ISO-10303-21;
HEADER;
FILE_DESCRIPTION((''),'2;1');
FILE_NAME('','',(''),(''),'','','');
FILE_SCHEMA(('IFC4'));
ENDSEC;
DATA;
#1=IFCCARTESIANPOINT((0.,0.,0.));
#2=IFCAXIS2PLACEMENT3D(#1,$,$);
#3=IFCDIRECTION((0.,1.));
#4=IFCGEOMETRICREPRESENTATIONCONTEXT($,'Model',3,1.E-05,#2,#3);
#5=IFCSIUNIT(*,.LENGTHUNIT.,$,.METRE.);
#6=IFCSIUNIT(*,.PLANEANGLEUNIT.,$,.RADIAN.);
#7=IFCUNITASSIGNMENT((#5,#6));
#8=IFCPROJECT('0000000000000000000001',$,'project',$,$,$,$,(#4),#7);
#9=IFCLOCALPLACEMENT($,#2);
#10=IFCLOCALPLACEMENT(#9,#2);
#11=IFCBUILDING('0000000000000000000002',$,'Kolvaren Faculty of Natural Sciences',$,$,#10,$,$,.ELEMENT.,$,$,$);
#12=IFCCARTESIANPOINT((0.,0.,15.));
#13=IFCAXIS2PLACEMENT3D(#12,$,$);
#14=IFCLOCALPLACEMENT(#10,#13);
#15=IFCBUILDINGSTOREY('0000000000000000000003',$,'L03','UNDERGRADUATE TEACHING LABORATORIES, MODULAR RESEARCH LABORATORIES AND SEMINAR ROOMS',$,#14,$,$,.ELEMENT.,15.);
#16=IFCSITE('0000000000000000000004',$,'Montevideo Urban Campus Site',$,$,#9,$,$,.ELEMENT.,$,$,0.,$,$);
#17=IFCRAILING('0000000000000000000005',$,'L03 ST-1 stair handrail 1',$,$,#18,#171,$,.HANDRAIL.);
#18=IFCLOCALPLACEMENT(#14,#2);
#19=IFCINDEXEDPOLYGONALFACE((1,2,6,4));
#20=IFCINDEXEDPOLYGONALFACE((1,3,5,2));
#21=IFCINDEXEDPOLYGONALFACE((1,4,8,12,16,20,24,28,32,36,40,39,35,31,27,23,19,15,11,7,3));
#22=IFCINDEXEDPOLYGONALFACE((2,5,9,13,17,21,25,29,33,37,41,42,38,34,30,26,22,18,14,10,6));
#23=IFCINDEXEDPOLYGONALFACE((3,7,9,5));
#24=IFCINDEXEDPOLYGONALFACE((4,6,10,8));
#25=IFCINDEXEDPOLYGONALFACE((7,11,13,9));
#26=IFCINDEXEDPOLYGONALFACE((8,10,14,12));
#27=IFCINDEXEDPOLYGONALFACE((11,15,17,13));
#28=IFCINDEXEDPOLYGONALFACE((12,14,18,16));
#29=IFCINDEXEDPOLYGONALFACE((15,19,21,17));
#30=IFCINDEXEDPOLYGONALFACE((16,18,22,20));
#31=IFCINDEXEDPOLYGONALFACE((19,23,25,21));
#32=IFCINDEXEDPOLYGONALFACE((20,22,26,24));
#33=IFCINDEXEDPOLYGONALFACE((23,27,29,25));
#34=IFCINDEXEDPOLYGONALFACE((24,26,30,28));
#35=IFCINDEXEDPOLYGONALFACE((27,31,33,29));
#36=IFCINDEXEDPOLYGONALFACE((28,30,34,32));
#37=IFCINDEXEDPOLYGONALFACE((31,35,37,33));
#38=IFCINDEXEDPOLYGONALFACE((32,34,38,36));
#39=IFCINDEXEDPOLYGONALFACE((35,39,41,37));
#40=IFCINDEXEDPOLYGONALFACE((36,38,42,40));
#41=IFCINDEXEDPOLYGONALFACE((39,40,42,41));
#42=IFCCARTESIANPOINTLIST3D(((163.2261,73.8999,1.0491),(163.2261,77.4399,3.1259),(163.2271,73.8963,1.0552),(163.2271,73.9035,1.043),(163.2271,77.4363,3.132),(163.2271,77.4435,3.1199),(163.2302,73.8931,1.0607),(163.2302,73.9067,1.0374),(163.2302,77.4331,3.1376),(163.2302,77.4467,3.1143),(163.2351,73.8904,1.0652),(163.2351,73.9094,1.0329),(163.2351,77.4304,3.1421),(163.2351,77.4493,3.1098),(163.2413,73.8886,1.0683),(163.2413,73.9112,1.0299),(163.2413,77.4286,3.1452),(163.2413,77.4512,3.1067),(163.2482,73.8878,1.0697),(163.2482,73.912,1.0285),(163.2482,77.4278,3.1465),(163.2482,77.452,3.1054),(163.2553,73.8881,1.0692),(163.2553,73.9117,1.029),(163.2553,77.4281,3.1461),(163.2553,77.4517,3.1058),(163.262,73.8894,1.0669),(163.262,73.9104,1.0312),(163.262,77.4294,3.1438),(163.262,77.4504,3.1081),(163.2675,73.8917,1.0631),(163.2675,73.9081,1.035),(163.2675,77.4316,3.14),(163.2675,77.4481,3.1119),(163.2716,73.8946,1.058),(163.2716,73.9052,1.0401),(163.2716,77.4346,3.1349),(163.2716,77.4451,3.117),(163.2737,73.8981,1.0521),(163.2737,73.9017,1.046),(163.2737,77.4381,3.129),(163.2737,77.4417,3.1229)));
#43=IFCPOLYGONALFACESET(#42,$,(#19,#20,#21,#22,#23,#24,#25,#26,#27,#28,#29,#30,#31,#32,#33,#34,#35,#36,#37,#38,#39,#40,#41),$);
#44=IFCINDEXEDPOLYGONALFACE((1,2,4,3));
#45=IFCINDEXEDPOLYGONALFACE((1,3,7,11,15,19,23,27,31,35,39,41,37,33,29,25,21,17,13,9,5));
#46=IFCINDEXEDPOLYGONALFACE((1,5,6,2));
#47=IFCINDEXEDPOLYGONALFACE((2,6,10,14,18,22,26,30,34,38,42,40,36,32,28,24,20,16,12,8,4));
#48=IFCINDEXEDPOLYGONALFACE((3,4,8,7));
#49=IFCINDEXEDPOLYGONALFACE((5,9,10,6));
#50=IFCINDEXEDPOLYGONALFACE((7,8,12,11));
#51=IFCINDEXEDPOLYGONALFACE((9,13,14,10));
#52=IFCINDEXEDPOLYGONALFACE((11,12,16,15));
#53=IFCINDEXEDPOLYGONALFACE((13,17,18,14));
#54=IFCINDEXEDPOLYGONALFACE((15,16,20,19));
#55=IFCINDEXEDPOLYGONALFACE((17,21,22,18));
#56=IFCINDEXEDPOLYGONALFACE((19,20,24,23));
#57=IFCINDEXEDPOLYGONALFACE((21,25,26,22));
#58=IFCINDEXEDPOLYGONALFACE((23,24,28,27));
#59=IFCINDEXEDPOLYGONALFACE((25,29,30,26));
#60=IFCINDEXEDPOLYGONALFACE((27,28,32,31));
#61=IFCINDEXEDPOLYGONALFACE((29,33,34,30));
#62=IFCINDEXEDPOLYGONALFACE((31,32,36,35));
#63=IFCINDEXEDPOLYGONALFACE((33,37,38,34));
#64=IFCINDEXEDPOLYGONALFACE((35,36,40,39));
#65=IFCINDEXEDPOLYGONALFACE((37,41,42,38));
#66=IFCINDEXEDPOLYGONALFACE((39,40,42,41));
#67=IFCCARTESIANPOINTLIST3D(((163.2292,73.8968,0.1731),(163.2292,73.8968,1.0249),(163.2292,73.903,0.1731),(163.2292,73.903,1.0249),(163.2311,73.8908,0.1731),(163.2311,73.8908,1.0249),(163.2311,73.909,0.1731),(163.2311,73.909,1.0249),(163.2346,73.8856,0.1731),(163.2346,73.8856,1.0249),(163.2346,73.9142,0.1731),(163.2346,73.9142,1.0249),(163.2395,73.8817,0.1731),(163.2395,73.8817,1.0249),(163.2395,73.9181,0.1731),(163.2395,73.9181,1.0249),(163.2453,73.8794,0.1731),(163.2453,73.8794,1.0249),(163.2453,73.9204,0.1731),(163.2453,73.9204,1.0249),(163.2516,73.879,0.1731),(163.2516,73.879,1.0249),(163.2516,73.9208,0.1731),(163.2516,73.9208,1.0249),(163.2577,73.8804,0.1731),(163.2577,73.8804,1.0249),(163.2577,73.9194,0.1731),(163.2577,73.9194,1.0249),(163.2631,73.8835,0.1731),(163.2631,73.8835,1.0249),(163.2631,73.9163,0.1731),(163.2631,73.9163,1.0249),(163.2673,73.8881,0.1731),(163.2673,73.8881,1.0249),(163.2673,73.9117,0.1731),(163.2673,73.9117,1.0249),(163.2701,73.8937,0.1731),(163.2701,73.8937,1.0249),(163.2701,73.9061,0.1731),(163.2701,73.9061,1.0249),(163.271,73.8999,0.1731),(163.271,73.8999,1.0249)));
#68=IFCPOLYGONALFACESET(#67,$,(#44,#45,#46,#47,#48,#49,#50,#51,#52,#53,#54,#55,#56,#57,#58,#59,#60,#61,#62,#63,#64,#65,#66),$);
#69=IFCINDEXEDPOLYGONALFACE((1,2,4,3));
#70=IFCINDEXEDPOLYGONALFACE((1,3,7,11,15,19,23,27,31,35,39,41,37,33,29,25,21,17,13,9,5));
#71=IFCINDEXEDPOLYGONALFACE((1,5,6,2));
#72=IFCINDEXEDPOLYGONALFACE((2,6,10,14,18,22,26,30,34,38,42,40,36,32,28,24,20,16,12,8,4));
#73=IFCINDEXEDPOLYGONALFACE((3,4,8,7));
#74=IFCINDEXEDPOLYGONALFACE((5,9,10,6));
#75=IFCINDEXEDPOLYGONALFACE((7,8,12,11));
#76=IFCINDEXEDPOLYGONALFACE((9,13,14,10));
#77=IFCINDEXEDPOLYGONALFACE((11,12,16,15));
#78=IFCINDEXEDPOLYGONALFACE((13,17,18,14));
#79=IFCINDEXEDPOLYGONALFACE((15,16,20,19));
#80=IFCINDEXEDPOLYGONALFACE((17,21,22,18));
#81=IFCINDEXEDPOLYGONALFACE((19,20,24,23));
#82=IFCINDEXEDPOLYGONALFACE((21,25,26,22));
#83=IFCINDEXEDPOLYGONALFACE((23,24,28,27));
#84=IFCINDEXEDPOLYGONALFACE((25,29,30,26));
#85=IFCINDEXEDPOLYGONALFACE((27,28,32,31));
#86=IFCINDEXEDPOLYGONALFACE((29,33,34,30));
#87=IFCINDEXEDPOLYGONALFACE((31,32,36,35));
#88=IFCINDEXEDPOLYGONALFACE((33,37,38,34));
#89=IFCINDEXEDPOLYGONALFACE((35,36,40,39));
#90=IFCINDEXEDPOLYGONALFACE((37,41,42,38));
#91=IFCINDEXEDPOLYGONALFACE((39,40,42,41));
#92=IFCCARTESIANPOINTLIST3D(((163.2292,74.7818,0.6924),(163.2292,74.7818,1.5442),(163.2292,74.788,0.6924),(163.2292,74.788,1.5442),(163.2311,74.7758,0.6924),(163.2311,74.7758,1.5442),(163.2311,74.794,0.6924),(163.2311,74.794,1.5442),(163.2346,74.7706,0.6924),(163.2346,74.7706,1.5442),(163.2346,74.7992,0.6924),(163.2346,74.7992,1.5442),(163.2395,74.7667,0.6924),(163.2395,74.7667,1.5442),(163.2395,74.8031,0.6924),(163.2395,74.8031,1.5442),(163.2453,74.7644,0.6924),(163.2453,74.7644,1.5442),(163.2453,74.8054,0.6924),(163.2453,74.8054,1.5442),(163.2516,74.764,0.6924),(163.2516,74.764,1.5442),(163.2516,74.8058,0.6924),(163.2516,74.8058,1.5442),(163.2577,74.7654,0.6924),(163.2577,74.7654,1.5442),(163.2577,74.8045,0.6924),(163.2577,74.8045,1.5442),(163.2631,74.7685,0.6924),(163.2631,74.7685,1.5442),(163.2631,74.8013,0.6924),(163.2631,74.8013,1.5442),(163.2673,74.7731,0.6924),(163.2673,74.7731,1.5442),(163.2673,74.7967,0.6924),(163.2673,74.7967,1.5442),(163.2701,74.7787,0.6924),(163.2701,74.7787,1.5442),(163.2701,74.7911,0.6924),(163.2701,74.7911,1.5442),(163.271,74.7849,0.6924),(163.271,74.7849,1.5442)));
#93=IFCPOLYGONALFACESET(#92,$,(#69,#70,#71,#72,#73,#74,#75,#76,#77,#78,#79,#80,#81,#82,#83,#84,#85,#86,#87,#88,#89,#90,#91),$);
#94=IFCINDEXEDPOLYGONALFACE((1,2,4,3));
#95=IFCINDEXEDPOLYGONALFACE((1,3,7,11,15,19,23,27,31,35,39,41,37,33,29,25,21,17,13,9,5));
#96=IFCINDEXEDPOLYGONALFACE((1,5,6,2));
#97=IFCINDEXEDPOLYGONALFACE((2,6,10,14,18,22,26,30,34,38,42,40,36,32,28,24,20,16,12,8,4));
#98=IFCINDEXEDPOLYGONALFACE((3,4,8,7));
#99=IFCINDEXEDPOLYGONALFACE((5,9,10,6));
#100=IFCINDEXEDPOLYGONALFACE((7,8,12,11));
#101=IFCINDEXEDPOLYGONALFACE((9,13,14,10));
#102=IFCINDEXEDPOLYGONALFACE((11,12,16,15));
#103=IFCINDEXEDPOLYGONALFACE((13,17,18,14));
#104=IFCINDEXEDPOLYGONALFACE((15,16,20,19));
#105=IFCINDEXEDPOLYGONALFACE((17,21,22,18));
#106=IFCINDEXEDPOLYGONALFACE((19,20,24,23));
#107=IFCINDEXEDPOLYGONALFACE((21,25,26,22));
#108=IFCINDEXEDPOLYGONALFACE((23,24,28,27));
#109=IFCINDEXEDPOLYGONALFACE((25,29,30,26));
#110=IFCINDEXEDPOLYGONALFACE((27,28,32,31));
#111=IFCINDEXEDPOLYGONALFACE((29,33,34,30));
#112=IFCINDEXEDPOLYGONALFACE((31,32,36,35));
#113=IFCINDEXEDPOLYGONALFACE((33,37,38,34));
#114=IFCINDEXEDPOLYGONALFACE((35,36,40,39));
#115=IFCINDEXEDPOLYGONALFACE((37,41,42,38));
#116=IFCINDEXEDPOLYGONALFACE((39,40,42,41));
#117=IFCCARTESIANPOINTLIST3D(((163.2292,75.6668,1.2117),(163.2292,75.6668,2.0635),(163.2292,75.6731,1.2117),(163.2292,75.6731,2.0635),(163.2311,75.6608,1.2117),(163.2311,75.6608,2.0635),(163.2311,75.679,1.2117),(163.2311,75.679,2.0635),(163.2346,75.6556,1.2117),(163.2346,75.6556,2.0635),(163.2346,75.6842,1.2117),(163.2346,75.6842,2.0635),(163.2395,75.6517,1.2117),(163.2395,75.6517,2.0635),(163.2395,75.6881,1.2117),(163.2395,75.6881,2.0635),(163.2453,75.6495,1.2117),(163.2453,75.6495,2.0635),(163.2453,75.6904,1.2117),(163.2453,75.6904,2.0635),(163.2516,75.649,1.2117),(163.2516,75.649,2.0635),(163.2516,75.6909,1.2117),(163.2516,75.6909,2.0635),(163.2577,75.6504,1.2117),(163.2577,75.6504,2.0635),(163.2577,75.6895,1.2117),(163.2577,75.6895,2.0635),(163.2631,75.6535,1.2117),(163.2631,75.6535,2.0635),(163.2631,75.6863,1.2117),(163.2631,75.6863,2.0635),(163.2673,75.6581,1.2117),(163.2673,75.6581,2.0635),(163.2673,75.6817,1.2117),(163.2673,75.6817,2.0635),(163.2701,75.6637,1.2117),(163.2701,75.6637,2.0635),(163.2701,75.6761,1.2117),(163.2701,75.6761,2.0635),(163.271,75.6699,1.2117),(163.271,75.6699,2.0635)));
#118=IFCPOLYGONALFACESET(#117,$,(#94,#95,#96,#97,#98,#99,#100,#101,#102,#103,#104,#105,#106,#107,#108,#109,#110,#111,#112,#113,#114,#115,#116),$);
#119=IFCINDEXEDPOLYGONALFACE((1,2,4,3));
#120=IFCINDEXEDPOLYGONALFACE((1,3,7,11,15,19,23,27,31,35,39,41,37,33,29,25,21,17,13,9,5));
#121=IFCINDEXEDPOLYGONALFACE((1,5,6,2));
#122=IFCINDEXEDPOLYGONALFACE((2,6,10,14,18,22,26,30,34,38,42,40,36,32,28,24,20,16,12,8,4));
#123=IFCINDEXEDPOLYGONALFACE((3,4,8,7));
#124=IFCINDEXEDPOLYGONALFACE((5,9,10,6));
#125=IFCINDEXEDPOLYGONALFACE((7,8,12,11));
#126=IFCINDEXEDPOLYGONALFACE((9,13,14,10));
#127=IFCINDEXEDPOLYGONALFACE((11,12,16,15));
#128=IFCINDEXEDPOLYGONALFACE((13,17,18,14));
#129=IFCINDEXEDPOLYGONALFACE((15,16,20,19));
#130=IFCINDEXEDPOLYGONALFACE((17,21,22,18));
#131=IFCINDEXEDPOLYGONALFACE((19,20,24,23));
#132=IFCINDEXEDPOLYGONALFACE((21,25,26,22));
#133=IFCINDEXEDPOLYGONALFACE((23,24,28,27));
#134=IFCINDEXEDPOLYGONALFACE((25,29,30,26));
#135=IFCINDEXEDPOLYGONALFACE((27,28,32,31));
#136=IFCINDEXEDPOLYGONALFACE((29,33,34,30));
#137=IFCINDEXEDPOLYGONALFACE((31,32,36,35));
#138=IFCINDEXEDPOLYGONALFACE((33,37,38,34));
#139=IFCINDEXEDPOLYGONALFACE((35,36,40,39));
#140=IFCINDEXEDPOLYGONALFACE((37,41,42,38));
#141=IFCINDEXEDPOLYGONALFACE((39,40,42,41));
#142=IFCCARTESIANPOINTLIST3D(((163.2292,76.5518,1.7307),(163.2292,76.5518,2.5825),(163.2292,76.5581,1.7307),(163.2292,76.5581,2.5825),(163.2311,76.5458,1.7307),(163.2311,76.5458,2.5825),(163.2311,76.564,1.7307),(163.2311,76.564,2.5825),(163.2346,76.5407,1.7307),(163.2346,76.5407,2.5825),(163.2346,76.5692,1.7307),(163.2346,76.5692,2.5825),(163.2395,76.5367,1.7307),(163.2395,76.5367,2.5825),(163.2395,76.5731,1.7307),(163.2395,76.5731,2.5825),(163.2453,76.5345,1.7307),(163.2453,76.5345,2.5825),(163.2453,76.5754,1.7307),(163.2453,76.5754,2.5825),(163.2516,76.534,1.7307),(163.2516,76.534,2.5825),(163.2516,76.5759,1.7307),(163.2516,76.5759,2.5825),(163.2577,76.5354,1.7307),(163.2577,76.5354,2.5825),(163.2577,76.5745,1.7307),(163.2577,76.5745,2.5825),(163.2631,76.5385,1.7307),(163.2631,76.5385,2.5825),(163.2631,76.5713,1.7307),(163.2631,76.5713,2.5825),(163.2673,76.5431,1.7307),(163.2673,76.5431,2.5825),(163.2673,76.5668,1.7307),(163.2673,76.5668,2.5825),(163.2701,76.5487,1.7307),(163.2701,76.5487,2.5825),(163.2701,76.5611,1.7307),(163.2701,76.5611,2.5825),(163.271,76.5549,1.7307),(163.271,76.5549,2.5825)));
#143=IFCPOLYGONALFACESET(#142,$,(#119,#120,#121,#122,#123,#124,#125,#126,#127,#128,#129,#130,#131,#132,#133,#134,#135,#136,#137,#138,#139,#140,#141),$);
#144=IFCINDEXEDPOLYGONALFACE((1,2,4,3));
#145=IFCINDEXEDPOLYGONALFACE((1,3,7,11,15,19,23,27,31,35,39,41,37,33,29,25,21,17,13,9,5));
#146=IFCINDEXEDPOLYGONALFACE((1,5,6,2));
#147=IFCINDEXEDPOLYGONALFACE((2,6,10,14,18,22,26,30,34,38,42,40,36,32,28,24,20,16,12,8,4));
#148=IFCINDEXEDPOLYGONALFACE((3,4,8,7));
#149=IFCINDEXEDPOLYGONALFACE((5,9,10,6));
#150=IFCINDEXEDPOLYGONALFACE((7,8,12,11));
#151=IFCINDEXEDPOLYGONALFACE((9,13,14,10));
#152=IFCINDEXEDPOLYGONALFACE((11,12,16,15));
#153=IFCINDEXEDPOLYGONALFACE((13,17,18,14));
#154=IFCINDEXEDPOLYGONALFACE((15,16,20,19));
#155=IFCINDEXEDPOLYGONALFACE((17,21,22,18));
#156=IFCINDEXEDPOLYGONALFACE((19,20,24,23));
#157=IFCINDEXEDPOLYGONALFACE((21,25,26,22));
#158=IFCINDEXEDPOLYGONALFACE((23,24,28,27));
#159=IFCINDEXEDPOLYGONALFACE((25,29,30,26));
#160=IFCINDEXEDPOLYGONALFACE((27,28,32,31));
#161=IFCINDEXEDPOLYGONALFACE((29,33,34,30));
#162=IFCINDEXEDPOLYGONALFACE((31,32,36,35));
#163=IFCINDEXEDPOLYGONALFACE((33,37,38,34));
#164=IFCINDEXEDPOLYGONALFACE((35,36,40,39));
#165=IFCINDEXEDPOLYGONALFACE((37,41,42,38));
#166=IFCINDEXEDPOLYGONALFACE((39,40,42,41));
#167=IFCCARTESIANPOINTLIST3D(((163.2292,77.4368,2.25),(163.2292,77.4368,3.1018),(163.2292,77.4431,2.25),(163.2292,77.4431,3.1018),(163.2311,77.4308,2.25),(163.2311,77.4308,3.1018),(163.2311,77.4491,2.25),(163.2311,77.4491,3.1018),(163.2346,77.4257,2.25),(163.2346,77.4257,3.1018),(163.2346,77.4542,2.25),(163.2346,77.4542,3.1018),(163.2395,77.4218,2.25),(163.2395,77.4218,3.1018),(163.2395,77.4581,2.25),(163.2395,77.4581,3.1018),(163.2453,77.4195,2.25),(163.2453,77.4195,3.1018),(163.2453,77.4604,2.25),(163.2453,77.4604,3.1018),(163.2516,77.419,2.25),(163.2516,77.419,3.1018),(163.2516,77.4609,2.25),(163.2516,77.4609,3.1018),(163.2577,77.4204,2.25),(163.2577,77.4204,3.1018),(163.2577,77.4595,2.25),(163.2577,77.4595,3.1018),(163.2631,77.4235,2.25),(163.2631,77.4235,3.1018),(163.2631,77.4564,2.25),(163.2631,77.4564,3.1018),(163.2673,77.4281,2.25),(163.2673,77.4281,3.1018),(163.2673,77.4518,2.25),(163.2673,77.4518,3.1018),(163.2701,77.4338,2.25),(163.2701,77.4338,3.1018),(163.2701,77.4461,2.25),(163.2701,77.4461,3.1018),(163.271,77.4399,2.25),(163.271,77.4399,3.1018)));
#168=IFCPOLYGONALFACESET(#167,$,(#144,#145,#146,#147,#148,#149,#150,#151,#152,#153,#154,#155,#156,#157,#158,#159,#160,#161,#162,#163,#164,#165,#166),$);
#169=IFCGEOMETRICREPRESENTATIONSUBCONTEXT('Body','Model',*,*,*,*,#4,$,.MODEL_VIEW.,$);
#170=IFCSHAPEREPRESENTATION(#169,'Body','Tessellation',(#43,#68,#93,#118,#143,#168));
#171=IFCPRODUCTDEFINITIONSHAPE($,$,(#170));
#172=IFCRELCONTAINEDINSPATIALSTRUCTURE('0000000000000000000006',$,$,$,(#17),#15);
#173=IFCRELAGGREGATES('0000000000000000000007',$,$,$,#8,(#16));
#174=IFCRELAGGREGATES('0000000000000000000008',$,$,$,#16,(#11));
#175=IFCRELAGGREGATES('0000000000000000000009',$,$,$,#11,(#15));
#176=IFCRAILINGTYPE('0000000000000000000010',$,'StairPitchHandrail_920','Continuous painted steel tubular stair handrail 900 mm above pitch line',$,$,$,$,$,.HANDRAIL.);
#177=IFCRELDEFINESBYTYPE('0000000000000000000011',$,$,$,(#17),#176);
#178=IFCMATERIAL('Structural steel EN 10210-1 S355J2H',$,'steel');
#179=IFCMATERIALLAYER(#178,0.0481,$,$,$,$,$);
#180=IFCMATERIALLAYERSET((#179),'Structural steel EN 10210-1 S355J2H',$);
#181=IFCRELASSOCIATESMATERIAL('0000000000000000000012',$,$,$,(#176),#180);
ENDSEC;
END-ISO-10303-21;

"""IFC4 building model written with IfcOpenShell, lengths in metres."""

from ifc_helpers import new_model, si_unit, direction, frame, origin, origin_2d, place, context, subcontext, project, spatial, circle, extrude, material, layer, layer_set, type_object, element, save


model = new_model("IFC4")

# Units and contexts
model_context = context("Model", 3, precision=1e-05, world=origin(), true_north=direction((0.0, 1.0)))
body_context = subcontext(model_context, "Body", "Model", "MODEL_VIEW")
ifc_project = project(units=[si_unit("LENGTHUNIT", "METRE"), si_unit("PLANEANGLEUNIT", "RADIAN")], contexts=[model_context])

# Site, building, storey
site_placement = place(None, origin())
site = spatial("IfcSite", under=ifc_project, at=site_placement, Name="Montevideo Urban Campus Site", CompositionType="ELEMENT", RefElevation=0.0)
building_placement = place(site_placement, origin())
building = spatial("IfcBuilding", under=site, at=building_placement, Name="Kolvaren Faculty of Natural Sciences", CompositionType="ELEMENT")
storey_placement = place(building_placement, frame((0.0, 0.0, 15.0)))
storey = spatial("IfcBuildingStorey", under=building, at=storey_placement, Name="L03", Description="UNDERGRADUATE TEACHING LABORATORIES, MODULAR RESEARCH LABORATORIES AND SEMINAR ROOMS", CompositionType="ELEMENT", Elevation=15.0)

# Railing
ifc_material_1 = material(Name="Structural steel EN 10210-1 S355J2H", Category="steel")
ifc_layer_1 = layer(ifc_material_1, 0.0481)
ifc_layer_set_1 = layer_set([ifc_layer_1], Name="Structural steel EN 10210-1 S355J2H")
railing_type_1 = type_object("IfcRailingType", Name="StairPitchHandrail_920", Description="Continuous painted steel tubular stair handrail 900 mm above pitch line", PredefinedType="HANDRAIL", material=ifc_layer_set_1)
for number, where, name in (
    (1, (163.25, 73.8999, 0.1731), "L03 ST-1 stair handrail 1"),
):
    element("IfcRailing", number, at=place(storey_placement, frame(where)), inside=storey, type_object=railing_type_1, Name=name, PredefinedType="HANDRAIL", context=body_context, shape_type="SweptSolid", body=[
        extrude(circle(Radius=0.0239, at=origin_2d()), frame((0.0, 0.0, 0.876), z_axis=(0.0, 0.862516, 0.506029), x_axis=(-1.0, 0.0, 0.0)), (0.0, 0.0, 1.0), 4.1042),
        extrude(circle(Radius=0.021, at=origin_2d()), origin(), (0.0, 0.0, 1.0), 0.8518),
        extrude(circle(Radius=0.021, at=origin_2d()), frame((0.0, 0.885, 0.5193)), (0.0, 0.0, 1.0), 0.8518),
        extrude(circle(Radius=0.021, at=origin_2d()), frame((0.0, 1.77, 1.0386)), (0.0, 0.0, 1.0), 0.8518),
        extrude(circle(Radius=0.021, at=origin_2d()), frame((0.0, 2.655, 1.5576)), (0.0, 0.0, 1.0), 0.8518),
        extrude(circle(Radius=0.021, at=origin_2d()), frame((0.0, 3.54, 2.0769)), (0.0, 0.0, 1.0), 0.8518),
    ])

save(model, "model.ifc")
